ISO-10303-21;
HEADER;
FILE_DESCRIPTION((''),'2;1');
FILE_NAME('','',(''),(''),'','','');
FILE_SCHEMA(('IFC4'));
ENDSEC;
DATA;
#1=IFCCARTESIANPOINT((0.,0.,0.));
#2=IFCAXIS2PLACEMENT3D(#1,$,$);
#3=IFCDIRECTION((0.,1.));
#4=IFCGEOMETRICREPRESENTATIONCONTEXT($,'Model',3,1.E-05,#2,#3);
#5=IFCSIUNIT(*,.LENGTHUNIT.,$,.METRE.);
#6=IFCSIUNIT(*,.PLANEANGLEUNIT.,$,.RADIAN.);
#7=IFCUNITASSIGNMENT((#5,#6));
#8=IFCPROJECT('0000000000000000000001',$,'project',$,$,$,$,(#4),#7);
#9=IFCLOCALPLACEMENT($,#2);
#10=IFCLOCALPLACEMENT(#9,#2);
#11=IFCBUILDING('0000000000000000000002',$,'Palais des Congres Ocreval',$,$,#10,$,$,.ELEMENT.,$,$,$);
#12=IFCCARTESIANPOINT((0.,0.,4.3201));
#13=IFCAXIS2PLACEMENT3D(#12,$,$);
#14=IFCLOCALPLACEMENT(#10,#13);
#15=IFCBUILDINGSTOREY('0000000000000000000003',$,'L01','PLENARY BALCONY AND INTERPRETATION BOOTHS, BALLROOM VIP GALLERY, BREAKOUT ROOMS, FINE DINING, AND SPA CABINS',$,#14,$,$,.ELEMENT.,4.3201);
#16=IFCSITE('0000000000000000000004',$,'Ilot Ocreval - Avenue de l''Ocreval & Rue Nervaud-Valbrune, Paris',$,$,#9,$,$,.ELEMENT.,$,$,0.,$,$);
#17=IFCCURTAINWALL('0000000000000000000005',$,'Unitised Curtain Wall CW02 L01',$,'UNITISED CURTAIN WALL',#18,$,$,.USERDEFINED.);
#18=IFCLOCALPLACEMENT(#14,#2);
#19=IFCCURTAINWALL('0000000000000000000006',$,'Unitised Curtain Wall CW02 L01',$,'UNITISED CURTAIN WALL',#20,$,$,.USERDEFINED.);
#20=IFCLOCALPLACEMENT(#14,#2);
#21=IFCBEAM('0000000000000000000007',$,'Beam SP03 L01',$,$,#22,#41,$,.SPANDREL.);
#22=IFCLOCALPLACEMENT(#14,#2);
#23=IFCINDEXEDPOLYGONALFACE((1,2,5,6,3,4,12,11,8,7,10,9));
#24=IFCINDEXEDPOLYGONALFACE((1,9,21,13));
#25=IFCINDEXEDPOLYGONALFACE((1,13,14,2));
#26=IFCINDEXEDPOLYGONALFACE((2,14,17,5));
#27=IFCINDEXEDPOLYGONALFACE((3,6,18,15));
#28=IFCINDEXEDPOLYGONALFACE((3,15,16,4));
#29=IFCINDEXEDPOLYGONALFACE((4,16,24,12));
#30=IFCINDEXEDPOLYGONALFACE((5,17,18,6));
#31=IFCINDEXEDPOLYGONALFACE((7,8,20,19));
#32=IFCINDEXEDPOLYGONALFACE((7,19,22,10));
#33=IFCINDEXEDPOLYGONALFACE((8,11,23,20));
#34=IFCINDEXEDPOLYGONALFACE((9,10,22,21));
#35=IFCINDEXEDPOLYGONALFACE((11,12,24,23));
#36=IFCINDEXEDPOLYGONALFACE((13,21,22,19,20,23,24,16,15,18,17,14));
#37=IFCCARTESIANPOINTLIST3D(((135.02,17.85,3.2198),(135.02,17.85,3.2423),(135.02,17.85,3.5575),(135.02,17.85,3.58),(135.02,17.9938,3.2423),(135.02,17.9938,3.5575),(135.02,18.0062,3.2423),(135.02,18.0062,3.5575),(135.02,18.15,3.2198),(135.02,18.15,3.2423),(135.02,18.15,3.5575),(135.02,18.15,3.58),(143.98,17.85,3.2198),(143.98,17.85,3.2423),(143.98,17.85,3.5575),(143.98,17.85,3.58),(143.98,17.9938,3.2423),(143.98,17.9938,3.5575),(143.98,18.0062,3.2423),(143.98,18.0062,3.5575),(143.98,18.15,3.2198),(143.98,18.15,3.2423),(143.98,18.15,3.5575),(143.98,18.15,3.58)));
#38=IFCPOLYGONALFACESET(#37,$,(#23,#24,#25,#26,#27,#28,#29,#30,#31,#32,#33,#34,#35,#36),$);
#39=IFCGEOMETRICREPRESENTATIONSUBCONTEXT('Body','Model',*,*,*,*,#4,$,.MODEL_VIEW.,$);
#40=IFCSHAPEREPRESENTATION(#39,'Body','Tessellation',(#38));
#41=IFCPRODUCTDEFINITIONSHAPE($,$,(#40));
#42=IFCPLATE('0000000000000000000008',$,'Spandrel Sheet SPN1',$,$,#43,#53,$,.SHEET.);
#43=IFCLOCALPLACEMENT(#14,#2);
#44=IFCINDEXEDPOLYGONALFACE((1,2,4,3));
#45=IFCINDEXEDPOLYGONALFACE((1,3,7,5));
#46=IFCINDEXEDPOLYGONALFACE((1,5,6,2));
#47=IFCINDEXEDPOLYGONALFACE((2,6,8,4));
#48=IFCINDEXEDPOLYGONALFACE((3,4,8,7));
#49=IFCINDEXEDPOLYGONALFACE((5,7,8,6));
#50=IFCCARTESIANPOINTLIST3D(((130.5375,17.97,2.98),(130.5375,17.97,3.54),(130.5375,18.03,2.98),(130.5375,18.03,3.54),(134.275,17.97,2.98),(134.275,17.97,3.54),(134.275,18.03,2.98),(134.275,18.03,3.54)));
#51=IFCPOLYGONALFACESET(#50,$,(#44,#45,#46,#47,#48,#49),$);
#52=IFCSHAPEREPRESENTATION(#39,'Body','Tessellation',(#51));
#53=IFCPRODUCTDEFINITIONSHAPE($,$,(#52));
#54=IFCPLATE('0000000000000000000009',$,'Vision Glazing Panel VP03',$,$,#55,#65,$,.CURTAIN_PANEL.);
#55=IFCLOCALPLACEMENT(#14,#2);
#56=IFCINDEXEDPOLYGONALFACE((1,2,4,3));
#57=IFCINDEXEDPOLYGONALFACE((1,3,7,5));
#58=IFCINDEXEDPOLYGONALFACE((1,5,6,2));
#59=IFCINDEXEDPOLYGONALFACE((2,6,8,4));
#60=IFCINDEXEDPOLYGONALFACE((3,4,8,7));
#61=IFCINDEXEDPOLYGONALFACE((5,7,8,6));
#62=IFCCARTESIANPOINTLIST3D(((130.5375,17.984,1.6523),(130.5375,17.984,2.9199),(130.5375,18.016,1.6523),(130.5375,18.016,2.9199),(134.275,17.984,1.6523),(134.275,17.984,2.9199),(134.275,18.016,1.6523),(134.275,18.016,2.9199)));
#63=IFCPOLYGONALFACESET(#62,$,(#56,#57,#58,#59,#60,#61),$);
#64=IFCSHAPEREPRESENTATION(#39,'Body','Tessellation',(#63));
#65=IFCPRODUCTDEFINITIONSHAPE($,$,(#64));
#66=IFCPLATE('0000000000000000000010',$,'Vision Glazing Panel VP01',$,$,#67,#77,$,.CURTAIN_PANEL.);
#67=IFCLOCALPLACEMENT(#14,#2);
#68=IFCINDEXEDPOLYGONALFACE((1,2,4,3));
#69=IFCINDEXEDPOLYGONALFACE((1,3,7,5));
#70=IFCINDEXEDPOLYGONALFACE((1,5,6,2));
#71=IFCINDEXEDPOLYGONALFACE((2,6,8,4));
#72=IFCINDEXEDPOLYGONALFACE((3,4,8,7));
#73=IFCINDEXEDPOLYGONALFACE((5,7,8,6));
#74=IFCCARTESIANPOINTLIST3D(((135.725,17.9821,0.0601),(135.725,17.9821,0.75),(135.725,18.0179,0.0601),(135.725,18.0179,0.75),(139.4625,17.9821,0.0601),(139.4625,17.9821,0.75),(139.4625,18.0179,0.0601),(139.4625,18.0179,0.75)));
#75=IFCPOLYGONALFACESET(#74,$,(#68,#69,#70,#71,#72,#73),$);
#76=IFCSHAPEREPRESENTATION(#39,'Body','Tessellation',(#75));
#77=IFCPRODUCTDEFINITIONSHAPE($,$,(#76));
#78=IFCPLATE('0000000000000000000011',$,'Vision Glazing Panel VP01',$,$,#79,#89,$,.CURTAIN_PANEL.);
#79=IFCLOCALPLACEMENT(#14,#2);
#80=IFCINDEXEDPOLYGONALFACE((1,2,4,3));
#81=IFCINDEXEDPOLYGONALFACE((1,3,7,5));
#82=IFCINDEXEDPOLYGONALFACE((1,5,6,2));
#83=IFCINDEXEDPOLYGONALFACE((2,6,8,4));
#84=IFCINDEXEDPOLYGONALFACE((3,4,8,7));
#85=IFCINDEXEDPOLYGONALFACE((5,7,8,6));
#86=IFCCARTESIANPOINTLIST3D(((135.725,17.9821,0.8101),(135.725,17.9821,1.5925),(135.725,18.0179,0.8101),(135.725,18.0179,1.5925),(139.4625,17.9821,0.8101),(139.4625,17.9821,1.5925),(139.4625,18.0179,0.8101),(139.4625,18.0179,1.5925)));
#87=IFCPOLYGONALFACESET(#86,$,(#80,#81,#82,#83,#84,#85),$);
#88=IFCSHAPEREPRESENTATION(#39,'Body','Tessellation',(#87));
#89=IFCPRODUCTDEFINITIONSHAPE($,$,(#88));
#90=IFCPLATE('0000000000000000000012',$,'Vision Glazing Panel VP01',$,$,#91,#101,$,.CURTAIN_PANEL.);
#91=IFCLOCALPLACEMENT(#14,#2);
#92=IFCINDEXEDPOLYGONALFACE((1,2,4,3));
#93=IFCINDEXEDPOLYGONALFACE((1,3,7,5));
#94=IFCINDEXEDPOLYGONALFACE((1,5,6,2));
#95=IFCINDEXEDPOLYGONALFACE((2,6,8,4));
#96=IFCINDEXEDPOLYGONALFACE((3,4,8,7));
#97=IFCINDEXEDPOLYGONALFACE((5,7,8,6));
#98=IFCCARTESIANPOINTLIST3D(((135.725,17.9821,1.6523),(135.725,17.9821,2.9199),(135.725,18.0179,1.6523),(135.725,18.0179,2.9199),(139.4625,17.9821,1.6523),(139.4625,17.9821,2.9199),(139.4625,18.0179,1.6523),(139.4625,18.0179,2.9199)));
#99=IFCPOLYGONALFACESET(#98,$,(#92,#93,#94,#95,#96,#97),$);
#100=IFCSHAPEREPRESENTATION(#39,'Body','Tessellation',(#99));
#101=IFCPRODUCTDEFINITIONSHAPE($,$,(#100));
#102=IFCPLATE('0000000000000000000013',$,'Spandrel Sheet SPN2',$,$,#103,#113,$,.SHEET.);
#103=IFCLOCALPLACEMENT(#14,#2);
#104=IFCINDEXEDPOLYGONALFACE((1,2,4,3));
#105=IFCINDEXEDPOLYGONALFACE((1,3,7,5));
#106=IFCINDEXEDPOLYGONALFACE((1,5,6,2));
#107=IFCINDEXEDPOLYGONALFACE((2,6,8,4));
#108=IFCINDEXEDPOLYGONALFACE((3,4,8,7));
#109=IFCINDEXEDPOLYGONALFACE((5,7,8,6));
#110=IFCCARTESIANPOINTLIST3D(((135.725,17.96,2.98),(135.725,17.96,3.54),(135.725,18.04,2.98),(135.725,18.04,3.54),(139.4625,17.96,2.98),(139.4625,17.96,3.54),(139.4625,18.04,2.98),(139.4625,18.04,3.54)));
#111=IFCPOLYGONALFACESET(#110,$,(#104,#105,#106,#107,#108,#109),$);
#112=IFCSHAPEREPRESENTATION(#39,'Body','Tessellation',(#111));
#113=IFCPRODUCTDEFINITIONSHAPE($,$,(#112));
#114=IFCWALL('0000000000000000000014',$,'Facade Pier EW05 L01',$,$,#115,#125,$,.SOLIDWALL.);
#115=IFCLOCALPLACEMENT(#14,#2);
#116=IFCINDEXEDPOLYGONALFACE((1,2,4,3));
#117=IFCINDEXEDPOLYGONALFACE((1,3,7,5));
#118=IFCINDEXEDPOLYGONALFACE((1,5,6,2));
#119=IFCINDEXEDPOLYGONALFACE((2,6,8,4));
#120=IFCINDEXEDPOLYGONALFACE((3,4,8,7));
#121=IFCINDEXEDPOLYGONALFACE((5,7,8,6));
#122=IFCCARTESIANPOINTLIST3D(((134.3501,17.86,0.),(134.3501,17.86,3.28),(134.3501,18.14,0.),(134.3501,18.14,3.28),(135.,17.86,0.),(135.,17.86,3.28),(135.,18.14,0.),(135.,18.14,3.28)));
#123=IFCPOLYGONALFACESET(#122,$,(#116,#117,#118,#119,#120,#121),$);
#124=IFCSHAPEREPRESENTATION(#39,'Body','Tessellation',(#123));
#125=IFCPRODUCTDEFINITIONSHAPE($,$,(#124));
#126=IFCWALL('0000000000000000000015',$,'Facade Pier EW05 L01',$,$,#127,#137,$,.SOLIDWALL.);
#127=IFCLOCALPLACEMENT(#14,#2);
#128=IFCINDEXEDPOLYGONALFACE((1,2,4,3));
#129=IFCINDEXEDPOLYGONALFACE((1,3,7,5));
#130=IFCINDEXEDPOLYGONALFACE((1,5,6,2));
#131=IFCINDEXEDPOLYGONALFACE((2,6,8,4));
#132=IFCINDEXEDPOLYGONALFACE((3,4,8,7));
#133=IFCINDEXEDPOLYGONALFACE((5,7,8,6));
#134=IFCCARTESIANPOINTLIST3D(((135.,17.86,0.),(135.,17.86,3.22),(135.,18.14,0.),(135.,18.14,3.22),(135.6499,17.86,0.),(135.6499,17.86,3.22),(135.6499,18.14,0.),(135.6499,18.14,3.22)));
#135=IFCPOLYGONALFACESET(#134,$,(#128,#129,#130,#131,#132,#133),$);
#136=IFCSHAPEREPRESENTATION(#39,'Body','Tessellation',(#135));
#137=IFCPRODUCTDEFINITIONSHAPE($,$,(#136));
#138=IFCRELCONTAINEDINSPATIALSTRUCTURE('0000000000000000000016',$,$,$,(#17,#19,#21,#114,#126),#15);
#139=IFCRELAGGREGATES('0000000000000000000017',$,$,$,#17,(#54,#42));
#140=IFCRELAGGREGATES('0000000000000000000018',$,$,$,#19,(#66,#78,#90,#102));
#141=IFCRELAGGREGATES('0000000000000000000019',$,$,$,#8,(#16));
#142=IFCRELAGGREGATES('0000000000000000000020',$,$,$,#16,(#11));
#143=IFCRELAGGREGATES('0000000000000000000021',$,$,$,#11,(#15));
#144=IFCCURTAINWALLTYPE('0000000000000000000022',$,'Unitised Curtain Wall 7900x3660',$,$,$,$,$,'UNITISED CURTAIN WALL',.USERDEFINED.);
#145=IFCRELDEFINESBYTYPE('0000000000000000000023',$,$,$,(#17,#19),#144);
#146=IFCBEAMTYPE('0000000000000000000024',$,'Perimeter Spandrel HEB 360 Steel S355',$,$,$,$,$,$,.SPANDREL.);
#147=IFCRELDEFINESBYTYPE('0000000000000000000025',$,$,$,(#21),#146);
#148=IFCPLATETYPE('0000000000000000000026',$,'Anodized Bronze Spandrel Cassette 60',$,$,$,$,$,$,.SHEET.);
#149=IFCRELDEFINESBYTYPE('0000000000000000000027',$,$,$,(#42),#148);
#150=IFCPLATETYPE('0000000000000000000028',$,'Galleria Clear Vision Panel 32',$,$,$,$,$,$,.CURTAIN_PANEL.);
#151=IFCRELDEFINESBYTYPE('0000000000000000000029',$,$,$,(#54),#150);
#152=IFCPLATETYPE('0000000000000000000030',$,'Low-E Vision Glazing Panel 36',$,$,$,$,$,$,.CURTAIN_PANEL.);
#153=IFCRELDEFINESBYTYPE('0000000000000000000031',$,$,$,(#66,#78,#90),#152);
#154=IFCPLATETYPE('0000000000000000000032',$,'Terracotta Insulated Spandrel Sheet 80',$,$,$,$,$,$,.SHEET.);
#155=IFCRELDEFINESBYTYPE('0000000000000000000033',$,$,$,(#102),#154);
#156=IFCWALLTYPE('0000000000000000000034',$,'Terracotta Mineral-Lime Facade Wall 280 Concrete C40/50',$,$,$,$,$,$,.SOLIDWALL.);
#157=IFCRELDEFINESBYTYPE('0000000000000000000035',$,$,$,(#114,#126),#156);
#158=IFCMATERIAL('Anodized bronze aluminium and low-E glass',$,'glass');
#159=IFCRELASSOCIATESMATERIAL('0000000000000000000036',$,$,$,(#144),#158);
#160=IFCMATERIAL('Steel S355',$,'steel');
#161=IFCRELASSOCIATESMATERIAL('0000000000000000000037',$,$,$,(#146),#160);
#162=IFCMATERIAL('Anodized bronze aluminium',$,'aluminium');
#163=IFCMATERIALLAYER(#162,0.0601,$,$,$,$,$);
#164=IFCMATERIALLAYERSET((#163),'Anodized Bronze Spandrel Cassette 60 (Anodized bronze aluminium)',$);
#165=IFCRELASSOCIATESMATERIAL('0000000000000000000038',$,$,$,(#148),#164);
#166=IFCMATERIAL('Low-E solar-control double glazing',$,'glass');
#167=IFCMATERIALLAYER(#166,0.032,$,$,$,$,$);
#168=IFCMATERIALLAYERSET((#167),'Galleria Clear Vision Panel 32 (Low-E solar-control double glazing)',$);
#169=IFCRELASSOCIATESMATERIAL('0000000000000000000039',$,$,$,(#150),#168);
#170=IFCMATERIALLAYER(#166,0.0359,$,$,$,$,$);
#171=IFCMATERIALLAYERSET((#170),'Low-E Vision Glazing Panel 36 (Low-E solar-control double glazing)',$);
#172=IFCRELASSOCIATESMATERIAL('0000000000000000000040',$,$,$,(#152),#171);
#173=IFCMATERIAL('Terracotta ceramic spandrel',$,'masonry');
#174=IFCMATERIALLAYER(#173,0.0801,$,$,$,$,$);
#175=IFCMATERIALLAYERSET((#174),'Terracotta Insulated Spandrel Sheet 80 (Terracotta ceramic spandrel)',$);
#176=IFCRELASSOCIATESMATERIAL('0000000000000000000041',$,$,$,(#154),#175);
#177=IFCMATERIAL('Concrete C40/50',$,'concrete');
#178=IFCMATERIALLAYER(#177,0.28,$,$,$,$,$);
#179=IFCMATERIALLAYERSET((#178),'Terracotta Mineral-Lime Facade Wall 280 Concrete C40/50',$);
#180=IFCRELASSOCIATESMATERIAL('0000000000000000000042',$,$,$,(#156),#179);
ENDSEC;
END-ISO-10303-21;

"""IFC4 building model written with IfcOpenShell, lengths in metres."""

from ifc_helpers import new_model, si_unit, direction, frame, frame_2d, origin, origin_2d, place, context, subcontext, project, spatial, rectangle, i_section, extrude, material, layer, layer_set, material_profile, profile_set, type_object, element, aggregate, save


model = new_model("IFC4")

# Units and contexts
model_context = context("Model", 3, precision=1e-05, world=origin(), true_north=direction((0.0, 1.0)))
body_context = subcontext(model_context, "Body", "Model", "MODEL_VIEW")
ifc_project = project(units=[si_unit("LENGTHUNIT", "METRE"), si_unit("PLANEANGLEUNIT", "RADIAN")], contexts=[model_context])

# Site, building, storey
site_placement = place(None, origin())
site = spatial("IfcSite", under=ifc_project, at=site_placement, Name="Ilot Ocreval - Avenue de l'Ocreval & Rue Nervaud-Valbrune, Paris", CompositionType="ELEMENT", RefElevation=0.0)
building_placement = place(site_placement, origin())
building = spatial("IfcBuilding", under=site, at=building_placement, Name="Palais des Congres Ocreval", CompositionType="ELEMENT")
storey_placement = place(building_placement, frame((0.0, 0.0, 4.3201)))
storey = spatial("IfcBuildingStorey", under=building, at=storey_placement, Name="L01", Description="PLENARY BALCONY AND INTERPRETATION BOOTHS, BALLROOM VIP GALLERY, BREAKOUT ROOMS, FINE DINING, AND SPA CABINS", CompositionType="ELEMENT", Elevation=4.3201)

# Shared definitions
ifc_material_1 = material(Name="Steel S355", Category="steel")

# Curtain wall
ifc_material_2 = material(Name="Anodized bronze aluminium and low-E glass", Category="glass")
curtain_wall_type = type_object("IfcCurtainWallType", Name="Unitised Curtain Wall 7900x3660", ElementType="UNITISED CURTAIN WALL", PredefinedType="USERDEFINED", material=ifc_material_2)
curtain_wall_1_placement = place(storey_placement, origin())
curtain_wall_1 = element("IfcCurtainWall", 1, at=curtain_wall_1_placement, inside=storey, type_object=curtain_wall_type, Name="Unitised Curtain Wall CW02 L01", ObjectType="UNITISED CURTAIN WALL", PredefinedType="USERDEFINED")
ifc_material_3 = material(Name="Anodized bronze aluminium", Category="aluminium")

# Curtain wall
curtain_wall_2_placement = place(storey_placement, origin())
curtain_wall_2 = element("IfcCurtainWall", 2, at=curtain_wall_2_placement, inside=storey, type_object=curtain_wall_type, Name="Unitised Curtain Wall CW02 L01", ObjectType="UNITISED CURTAIN WALL", PredefinedType="USERDEFINED")

# Beam
ifc_material_profile_1 = material_profile(ifc_material_1, i_section(OverallWidth=0.3, OverallDepth=0.3601, WebThickness=0.0125, FlangeThickness=0.0225, at=origin_2d()), Name="HEB 360")
ifc_profile_set_1 = profile_set([ifc_material_profile_1], Name="Steel S355")
beam_type = type_object("IfcBeamType", Name="Perimeter Spandrel HEB 360 Steel S355", PredefinedType="SPANDREL", material=ifc_profile_set_1)
beam_placement = place(storey_placement, frame((135.02, 18.0, 3.3999), z_axis=(1.0, 0.0, 0.0), x_axis=(0.0, 1.0, 0.0)))
element("IfcBeam", 3, at=beam_placement, inside=storey, type_object=beam_type, Name="Beam SP03 L01", PredefinedType="SPANDREL", context=body_context, shape_type="SweptSolid", body=[
    extrude(i_section(OverallWidth=0.3, OverallDepth=0.3601, WebThickness=0.0125, FlangeThickness=0.0225, at=origin_2d()), origin(), (0.0, 0.0, 1.0), 8.96),
])

# Plates
ifc_layer_1 = layer(ifc_material_3, 0.0601)
ifc_layer_set_1 = layer_set([ifc_layer_1], Name="Anodized Bronze Spandrel Cassette 60 (Anodized bronze aluminium)")
plate_type_1 = type_object("IfcPlateType", Name="Anodized Bronze Spandrel Cassette 60", PredefinedType="SHEET", material=ifc_layer_set_1)
plate_1_placement = place(storey_placement, frame((132.4062, 18.0, 2.98), z_axis=(0.0, 0.0, 1.0), x_axis=(1.0, 0.0, 0.0)))
plate_1 = element("IfcPlate", 4, at=plate_1_placement, type_object=plate_type_1, Name="Spandrel Sheet SPN1", PredefinedType="SHEET", context=body_context, shape_type="SweptSolid", body=[
    extrude(rectangle(XDim=3.7375, YDim=0.0601, at=origin_2d()), origin(), (0.0, 0.0, 1.0), 0.5601),
])
ifc_material_4 = material(Name="Low-E solar-control double glazing", Category="glass")
ifc_layer_2 = layer(ifc_material_4, 0.032)
ifc_layer_set_2 = layer_set([ifc_layer_2], Name="Galleria Clear Vision Panel 32 (Low-E solar-control double glazing)")
plate_type_2 = type_object("IfcPlateType", Name="Galleria Clear Vision Panel 32", PredefinedType="CURTAIN_PANEL", material=ifc_layer_set_2)
plate_2_placement = place(storey_placement, frame((132.4062, 18.0, 1.6523), z_axis=(0.0, 0.0, 1.0), x_axis=(1.0, 0.0, 0.0)))
plate_2 = element("IfcPlate", 5, at=plate_2_placement, type_object=plate_type_2, Name="Vision Glazing Panel VP03", PredefinedType="CURTAIN_PANEL", context=body_context, shape_type="SweptSolid", body=[
    extrude(rectangle(XDim=3.7375, YDim=0.032, at=origin_2d()), origin(), (0.0, 0.0, 1.0), 1.2676),
])
aggregate(curtain_wall_1, [plate_2, plate_1])
ifc_layer_3 = layer(ifc_material_4, 0.0359)
ifc_layer_set_3 = layer_set([ifc_layer_3], Name="Low-E Vision Glazing Panel 36 (Low-E solar-control double glazing)")
plate_type_3 = type_object("IfcPlateType", Name="Low-E Vision Glazing Panel 36", PredefinedType="CURTAIN_PANEL", material=ifc_layer_set_3)
plate_3_placement = place(storey_placement, frame((137.5938, 18.0, 0.0601), z_axis=(0.0, 0.0, 1.0), x_axis=(1.0, 0.0, 0.0)))
plate_3 = element("IfcPlate", 6, at=plate_3_placement, type_object=plate_type_3, Name="Vision Glazing Panel VP01", PredefinedType="CURTAIN_PANEL", context=body_context, shape_type="SweptSolid", body=[
    extrude(rectangle(XDim=3.7375, YDim=0.0359, at=origin_2d()), origin(), (0.0, 0.0, 1.0), 0.6899),
])
plate_4_placement = place(storey_placement, frame((137.5938, 18.0, 0.8101), z_axis=(0.0, 0.0, 1.0), x_axis=(1.0, 0.0, 0.0)))
plate_4 = element("IfcPlate", 7, at=plate_4_placement, type_object=plate_type_3, Name="Vision Glazing Panel VP01", PredefinedType="CURTAIN_PANEL", context=body_context, shape_type="SweptSolid", body=[
    extrude(rectangle(XDim=3.7375, YDim=0.0359, at=origin_2d()), origin(), (0.0, 0.0, 1.0), 0.7825),
])
plate_5_placement = place(storey_placement, frame((137.5938, 18.0, 1.6523), z_axis=(0.0, 0.0, 1.0), x_axis=(1.0, 0.0, 0.0)))
plate_5 = element("IfcPlate", 8, at=plate_5_placement, type_object=plate_type_3, Name="Vision Glazing Panel VP01", PredefinedType="CURTAIN_PANEL", context=body_context, shape_type="SweptSolid", body=[
    extrude(rectangle(XDim=3.7375, YDim=0.0359, at=origin_2d()), origin(), (0.0, 0.0, 1.0), 1.2676),
])
ifc_material_5 = material(Name="Terracotta ceramic spandrel", Category="masonry")
ifc_layer_4 = layer(ifc_material_5, 0.0801)
ifc_layer_set_4 = layer_set([ifc_layer_4], Name="Terracotta Insulated Spandrel Sheet 80 (Terracotta ceramic spandrel)")
plate_type_4 = type_object("IfcPlateType", Name="Terracotta Insulated Spandrel Sheet 80", PredefinedType="SHEET", material=ifc_layer_set_4)
plate_6_placement = place(storey_placement, frame((137.5938, 18.0, 2.98), z_axis=(0.0, 0.0, 1.0), x_axis=(1.0, 0.0, 0.0)))
plate_6 = element("IfcPlate", 9, at=plate_6_placement, type_object=plate_type_4, Name="Spandrel Sheet SPN2", PredefinedType="SHEET", context=body_context, shape_type="SweptSolid", body=[
    extrude(rectangle(XDim=3.7375, YDim=0.0801, at=origin_2d()), origin(), (0.0, 0.0, 1.0), 0.5601),
])
aggregate(curtain_wall_2, [plate_3, plate_4, plate_5, plate_6])

# Walls
ifc_material_6 = material(Name="Concrete C40/50", Category="concrete")
ifc_layer_5 = layer(ifc_material_6, 0.28)
ifc_layer_set_5 = layer_set([ifc_layer_5], Name="Terracotta Mineral-Lime Facade Wall 280 Concrete C40/50")
wall_type = type_object("IfcWallType", Name="Terracotta Mineral-Lime Facade Wall 280 Concrete C40/50", PredefinedType="SOLIDWALL", material=ifc_layer_set_5)
wall_1_placement = place(storey_placement, frame((134.3501, 18.0, 0.0), z_axis=(0.0, 0.0, 1.0), x_axis=(1.0, 0.0, 0.0)))
element("IfcWall", 10, at=wall_1_placement, inside=storey, type_object=wall_type, Name="Facade Pier EW05 L01", PredefinedType="SOLIDWALL", context=body_context, shape_type="SweptSolid", body=[
    extrude(rectangle(XDim=0.6499, YDim=0.28, at=frame_2d((0.325, 0.0))), origin(), (0.0, 0.0, 1.0), 3.28),
])
wall_2_placement = place(storey_placement, frame((135.0, 18.0, 0.0), z_axis=(0.0, 0.0, 1.0), x_axis=(1.0, 0.0, 0.0)))
element("IfcWall", 11, at=wall_2_placement, inside=storey, type_object=wall_type, Name="Facade Pier EW05 L01", PredefinedType="SOLIDWALL", context=body_context, shape_type="SweptSolid", body=[
    extrude(rectangle(XDim=0.6499, YDim=0.28, at=frame_2d((0.325, 0.0))), origin(), (0.0, 0.0, 1.0), 3.22),
])

save(model, "model.ifc")
